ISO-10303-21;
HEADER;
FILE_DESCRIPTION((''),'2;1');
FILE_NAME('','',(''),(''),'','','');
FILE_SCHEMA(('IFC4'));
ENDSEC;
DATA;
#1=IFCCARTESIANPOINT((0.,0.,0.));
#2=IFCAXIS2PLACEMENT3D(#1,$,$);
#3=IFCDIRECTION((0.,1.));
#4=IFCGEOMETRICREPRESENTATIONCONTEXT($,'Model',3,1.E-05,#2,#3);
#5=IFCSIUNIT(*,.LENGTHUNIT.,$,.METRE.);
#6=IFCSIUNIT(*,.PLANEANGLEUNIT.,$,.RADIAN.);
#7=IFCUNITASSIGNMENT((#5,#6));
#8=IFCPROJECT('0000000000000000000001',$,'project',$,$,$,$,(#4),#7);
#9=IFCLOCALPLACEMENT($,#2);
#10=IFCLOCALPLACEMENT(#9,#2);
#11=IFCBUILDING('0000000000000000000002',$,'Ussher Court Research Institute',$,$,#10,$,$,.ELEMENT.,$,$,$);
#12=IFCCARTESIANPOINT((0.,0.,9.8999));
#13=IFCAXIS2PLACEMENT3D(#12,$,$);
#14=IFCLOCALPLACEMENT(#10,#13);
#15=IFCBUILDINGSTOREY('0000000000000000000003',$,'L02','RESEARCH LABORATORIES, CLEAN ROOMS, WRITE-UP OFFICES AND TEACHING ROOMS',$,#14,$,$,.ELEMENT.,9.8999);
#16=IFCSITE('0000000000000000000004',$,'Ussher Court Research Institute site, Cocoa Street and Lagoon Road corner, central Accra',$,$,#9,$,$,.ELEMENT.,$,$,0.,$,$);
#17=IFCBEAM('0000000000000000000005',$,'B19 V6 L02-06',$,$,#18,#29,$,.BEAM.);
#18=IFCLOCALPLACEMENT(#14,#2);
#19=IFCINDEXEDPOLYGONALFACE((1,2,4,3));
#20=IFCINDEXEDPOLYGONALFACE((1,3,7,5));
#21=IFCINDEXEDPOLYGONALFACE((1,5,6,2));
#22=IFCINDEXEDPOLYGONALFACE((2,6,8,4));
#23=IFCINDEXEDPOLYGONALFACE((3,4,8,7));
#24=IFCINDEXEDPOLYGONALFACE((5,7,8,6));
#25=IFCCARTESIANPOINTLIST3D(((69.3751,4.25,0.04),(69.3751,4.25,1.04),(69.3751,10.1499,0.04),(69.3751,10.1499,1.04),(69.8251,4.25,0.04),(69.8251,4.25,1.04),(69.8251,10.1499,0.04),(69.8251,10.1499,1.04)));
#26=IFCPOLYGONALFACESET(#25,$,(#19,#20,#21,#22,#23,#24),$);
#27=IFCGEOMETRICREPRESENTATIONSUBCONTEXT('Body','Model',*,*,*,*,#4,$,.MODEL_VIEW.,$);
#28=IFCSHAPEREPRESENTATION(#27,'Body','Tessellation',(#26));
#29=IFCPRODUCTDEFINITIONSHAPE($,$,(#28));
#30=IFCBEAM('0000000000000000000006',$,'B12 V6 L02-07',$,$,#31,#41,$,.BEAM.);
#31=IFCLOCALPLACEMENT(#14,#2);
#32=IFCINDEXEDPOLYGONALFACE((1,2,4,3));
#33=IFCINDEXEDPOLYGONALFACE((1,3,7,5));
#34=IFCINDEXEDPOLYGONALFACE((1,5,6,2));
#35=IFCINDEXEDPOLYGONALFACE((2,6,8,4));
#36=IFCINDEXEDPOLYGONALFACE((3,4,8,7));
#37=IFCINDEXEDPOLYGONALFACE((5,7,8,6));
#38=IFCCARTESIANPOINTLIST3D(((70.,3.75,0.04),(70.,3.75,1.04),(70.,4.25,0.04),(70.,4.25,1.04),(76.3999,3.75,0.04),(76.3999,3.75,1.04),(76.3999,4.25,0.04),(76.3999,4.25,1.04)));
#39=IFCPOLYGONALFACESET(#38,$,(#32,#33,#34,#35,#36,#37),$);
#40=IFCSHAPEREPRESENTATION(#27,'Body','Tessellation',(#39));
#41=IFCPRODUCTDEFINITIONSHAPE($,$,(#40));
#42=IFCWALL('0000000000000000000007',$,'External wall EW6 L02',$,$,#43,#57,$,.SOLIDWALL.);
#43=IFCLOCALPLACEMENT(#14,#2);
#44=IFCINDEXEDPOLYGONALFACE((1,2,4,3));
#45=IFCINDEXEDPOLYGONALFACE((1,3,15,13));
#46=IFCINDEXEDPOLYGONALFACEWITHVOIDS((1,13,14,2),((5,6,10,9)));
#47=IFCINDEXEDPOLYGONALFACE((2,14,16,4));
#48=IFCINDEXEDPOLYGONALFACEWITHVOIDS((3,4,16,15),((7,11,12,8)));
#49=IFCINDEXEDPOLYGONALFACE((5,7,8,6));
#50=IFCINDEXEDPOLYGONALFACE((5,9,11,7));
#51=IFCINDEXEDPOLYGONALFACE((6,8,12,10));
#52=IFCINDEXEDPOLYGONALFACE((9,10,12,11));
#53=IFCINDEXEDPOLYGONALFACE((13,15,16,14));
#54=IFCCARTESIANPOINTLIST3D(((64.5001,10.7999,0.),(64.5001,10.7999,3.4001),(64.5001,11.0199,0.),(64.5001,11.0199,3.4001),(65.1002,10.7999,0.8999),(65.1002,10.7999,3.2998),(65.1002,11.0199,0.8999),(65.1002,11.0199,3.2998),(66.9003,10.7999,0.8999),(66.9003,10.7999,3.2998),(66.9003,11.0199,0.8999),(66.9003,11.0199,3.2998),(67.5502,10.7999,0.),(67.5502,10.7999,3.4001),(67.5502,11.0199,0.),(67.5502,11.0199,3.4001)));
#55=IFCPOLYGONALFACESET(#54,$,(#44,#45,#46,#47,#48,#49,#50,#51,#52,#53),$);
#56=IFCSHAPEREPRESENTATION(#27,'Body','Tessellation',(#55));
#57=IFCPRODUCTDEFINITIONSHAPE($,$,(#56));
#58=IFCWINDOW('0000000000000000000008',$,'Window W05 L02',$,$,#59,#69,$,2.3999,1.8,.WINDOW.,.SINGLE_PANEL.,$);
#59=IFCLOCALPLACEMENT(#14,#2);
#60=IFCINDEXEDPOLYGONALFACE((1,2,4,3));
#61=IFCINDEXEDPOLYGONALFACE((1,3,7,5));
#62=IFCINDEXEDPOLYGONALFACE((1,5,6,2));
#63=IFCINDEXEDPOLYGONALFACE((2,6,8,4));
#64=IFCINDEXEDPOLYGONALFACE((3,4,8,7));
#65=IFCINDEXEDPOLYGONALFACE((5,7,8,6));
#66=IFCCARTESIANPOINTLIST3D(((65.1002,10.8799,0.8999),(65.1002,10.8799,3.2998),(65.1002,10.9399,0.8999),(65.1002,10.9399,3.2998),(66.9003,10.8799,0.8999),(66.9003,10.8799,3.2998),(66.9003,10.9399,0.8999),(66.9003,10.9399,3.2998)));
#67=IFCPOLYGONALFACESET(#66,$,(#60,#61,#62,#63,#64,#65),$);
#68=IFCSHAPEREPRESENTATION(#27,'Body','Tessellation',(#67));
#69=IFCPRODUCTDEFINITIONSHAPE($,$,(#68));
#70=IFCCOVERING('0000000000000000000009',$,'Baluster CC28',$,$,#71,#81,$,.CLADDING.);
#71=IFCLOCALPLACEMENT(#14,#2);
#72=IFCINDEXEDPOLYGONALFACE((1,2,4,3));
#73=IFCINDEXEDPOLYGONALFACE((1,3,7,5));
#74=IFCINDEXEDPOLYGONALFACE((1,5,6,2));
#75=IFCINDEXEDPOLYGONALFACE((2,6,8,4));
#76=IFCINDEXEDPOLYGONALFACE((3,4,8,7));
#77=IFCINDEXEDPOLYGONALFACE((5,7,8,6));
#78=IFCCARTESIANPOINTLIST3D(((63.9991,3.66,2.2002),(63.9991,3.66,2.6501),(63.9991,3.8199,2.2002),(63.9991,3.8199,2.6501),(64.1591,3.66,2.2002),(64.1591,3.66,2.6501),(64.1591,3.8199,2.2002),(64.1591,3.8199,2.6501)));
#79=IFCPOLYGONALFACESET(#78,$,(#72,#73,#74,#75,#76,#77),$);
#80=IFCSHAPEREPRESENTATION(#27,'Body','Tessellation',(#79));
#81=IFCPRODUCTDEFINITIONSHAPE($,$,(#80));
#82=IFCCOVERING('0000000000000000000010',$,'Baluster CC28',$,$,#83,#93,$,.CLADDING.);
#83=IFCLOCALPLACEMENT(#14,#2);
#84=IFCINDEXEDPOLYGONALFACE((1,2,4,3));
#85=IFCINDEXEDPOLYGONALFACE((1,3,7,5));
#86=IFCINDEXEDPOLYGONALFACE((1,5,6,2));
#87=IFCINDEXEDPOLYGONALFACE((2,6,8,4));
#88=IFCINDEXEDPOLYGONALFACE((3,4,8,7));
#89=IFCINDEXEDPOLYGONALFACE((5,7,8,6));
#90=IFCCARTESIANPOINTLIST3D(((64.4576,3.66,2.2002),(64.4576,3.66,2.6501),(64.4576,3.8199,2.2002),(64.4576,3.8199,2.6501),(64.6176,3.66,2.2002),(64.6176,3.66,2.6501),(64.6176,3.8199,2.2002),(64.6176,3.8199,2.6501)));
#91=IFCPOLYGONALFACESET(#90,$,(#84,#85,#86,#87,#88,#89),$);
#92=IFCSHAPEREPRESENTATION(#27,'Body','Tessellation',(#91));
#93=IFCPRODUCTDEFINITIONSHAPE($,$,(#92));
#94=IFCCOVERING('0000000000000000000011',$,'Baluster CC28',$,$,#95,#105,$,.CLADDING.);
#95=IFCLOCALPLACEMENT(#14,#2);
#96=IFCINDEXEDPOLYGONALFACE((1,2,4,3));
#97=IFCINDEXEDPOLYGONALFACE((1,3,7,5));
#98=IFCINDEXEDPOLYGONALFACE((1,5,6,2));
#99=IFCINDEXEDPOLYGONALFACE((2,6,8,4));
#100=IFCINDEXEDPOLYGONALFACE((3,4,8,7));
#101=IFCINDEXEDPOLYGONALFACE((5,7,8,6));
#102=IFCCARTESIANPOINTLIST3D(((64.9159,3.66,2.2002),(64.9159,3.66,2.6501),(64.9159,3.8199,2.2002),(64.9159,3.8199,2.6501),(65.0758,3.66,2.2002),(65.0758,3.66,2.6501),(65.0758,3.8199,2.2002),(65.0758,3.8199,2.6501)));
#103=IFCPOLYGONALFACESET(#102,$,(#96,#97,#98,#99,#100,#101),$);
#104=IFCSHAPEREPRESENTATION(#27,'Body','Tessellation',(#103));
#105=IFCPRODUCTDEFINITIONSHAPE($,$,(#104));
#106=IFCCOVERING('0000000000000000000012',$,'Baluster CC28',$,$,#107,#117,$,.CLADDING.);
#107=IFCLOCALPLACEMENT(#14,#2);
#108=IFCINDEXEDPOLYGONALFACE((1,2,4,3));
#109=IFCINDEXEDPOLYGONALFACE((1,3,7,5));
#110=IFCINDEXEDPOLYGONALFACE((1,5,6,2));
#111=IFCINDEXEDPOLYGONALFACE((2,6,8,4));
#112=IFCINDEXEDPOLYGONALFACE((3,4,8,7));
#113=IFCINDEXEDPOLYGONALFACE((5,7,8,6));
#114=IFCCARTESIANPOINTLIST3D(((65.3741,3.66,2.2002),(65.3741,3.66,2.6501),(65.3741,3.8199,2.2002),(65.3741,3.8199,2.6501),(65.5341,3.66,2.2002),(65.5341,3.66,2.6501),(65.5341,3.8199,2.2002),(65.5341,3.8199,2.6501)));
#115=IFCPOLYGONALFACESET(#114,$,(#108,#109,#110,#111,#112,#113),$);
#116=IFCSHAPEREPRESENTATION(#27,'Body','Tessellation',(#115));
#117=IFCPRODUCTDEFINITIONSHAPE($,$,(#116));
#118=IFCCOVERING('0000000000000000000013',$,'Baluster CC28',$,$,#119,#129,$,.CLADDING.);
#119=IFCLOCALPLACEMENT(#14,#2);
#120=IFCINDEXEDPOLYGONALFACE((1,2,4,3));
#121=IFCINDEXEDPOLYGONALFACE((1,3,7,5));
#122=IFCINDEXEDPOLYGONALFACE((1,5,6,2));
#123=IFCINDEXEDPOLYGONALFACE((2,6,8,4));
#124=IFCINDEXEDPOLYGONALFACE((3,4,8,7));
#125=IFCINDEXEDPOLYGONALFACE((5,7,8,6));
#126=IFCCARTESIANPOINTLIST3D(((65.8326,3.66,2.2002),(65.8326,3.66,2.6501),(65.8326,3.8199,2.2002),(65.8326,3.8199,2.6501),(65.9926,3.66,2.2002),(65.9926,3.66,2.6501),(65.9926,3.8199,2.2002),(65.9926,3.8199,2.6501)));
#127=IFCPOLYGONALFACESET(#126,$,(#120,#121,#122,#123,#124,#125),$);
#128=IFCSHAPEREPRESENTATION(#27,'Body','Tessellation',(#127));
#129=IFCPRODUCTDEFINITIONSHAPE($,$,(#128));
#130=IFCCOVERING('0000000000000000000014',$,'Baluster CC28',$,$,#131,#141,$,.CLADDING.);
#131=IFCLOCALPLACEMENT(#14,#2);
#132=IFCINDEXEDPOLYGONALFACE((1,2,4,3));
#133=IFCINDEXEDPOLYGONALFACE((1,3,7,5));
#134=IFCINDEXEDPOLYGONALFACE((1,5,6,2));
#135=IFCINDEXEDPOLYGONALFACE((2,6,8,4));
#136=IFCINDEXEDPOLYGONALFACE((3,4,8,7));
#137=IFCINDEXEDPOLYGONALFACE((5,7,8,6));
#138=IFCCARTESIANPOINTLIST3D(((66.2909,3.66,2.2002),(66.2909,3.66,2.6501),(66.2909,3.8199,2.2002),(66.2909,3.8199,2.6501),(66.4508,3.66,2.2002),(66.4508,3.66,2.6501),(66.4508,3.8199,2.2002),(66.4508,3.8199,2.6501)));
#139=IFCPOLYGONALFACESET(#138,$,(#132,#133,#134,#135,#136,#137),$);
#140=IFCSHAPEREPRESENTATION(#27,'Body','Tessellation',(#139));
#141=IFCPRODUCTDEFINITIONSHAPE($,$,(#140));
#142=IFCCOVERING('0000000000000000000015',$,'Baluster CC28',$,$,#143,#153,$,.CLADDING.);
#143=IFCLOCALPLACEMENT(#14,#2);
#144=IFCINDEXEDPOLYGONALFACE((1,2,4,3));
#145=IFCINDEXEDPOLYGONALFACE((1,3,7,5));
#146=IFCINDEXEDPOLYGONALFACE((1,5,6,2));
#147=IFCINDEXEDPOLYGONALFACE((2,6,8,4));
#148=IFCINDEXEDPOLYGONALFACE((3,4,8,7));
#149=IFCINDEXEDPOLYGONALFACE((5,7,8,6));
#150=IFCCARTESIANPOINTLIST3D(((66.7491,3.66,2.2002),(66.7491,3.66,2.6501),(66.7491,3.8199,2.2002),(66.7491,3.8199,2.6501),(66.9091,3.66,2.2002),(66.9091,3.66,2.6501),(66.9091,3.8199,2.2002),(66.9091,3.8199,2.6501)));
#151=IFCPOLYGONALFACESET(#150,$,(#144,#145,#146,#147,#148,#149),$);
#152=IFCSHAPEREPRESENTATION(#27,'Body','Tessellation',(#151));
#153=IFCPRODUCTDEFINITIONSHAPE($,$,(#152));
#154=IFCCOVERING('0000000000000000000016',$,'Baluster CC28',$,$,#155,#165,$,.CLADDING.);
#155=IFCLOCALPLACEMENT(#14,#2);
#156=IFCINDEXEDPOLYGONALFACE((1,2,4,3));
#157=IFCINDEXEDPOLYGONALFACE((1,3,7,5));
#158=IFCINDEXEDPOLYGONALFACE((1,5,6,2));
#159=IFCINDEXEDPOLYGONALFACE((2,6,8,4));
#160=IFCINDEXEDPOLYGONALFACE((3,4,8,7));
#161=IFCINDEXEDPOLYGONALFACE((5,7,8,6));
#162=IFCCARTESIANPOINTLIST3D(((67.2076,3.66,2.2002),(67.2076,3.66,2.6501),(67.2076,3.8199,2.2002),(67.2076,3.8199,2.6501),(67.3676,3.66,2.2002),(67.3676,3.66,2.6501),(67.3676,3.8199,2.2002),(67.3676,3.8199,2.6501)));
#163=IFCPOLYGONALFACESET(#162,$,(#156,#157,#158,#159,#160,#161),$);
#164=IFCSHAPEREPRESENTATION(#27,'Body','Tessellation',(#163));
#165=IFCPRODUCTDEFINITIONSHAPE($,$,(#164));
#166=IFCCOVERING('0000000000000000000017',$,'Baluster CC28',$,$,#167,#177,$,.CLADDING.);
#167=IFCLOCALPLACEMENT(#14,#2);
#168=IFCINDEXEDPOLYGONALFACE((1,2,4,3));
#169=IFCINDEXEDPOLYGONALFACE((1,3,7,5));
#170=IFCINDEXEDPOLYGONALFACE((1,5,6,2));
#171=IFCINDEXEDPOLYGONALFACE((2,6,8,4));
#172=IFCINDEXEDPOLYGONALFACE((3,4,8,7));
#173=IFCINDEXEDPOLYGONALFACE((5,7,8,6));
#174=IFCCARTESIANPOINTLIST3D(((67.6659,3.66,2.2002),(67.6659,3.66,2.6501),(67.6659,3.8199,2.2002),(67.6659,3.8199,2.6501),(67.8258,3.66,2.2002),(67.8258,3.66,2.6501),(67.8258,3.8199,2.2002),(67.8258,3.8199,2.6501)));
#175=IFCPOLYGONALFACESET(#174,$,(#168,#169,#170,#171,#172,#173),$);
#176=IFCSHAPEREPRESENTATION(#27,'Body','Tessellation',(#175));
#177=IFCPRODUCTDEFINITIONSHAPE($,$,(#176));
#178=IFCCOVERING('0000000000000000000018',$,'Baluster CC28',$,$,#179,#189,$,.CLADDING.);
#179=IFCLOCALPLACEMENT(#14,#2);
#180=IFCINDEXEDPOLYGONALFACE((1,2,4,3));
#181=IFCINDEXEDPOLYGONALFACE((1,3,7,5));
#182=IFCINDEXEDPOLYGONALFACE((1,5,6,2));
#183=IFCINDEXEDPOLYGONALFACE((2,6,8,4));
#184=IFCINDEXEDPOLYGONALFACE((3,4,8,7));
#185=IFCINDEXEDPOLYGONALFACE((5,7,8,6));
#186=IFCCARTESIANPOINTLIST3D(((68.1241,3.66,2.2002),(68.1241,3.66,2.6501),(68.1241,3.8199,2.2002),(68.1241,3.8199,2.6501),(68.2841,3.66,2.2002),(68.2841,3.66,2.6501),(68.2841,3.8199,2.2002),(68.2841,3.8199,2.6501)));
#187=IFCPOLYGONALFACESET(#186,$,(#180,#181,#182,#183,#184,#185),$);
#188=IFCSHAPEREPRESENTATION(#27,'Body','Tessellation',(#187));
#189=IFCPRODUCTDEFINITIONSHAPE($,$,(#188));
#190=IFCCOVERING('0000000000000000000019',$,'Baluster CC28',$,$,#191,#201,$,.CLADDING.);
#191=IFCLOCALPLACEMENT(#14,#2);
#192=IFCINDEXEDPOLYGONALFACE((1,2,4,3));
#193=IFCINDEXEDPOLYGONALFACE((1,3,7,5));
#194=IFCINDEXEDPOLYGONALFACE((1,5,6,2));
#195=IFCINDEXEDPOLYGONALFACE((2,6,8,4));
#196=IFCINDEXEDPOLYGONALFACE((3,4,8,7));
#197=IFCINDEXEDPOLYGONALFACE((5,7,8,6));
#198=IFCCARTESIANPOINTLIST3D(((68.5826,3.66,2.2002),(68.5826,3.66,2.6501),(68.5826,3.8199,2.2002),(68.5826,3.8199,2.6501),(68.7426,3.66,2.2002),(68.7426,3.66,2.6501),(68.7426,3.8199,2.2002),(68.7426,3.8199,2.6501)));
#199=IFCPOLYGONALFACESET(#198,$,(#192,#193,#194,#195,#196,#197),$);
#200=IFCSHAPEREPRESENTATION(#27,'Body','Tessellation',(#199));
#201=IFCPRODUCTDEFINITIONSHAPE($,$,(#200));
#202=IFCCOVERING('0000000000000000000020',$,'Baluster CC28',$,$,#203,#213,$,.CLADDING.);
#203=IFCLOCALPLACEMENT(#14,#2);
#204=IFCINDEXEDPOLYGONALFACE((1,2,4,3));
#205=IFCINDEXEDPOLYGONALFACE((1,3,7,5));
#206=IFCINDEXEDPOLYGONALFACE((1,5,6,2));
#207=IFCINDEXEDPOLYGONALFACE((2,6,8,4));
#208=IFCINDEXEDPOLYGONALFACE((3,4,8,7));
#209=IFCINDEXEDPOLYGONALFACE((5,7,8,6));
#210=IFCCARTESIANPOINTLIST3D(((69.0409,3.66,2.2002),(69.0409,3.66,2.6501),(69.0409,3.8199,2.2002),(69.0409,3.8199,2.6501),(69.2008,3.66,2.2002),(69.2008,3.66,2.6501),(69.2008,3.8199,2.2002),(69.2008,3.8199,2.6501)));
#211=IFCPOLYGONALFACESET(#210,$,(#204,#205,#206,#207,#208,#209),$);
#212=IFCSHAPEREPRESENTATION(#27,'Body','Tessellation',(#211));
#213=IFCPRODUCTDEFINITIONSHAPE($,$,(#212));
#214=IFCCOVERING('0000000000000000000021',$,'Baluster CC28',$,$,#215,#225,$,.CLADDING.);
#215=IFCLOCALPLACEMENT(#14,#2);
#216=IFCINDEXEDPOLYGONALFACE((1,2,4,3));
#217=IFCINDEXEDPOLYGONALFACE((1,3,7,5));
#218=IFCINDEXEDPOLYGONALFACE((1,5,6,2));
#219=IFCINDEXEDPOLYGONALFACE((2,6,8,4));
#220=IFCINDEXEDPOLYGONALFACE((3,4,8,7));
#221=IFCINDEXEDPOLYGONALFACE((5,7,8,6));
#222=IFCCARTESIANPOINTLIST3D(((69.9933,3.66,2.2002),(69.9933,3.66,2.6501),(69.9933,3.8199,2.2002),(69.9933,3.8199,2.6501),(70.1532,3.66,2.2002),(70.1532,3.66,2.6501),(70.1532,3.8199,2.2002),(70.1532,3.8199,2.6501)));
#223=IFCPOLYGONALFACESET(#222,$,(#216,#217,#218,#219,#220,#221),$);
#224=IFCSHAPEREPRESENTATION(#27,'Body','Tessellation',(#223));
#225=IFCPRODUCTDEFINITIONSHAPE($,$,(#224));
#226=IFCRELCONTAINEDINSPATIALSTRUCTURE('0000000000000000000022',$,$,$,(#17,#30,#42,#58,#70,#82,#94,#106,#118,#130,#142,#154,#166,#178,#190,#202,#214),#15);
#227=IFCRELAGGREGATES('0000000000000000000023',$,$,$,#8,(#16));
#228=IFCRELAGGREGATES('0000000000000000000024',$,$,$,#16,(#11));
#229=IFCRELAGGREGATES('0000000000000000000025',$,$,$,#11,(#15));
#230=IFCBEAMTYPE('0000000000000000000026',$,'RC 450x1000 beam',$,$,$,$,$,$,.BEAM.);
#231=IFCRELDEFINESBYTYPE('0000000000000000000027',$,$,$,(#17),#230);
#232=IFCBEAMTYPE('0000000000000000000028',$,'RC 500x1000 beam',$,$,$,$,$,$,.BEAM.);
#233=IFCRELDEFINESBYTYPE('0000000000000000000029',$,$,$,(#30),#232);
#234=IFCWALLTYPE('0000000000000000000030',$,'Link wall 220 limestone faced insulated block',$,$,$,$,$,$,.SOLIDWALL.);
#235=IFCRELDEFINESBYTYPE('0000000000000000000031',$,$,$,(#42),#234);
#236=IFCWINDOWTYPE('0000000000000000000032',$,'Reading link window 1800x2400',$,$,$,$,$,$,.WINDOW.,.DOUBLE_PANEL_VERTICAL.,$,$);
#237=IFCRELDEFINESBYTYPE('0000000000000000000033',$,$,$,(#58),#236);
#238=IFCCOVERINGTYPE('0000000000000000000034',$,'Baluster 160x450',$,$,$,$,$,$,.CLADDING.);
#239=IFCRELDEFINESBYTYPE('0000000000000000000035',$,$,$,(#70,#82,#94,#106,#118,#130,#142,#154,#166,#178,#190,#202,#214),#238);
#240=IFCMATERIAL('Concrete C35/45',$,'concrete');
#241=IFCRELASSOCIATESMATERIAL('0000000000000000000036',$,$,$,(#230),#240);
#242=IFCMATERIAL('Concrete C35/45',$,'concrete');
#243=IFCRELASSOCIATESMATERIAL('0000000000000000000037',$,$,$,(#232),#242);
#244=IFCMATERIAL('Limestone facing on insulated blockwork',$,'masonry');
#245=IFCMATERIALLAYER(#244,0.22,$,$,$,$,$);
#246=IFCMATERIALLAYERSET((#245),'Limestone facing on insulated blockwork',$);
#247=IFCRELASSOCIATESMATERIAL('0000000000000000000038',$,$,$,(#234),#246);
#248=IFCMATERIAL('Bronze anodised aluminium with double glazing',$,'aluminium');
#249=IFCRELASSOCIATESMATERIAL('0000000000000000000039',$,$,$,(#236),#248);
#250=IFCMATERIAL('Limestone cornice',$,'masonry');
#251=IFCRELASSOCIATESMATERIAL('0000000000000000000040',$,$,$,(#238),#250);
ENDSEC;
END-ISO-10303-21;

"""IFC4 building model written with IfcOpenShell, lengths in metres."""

from ifc_helpers import new_model, si_unit, direction, frame, frame_2d, origin, origin_2d, place, context, subcontext, project, spatial, rectangle, extrude, material, layer, layer_set, material_profile, profile_set, type_object, element, fill, save


model = new_model("IFC4")

# Units and contexts
model_context = context("Model", 3, precision=1e-05, world=origin(), true_north=direction((0.0, 1.0)))
body_context = subcontext(model_context, "Body", "Model", "MODEL_VIEW")
ifc_project = project(units=[si_unit("LENGTHUNIT", "METRE"), si_unit("PLANEANGLEUNIT", "RADIAN")], contexts=[model_context])

# Site, building, storey
site_placement = place(None, origin())
site = spatial("IfcSite", under=ifc_project, at=site_placement, Name="Ussher Court Research Institute site, Cocoa Street and Lagoon Road corner, central Accra", CompositionType="ELEMENT", RefElevation=0.0)
building_placement = place(site_placement, origin())
building = spatial("IfcBuilding", under=site, at=building_placement, Name="Ussher Court Research Institute", CompositionType="ELEMENT")
storey_placement = place(building_placement, frame((0.0, 0.0, 9.8999)))
storey = spatial("IfcBuildingStorey", under=building, at=storey_placement, Name="L02", Description="RESEARCH LABORATORIES, CLEAN ROOMS, WRITE-UP OFFICES AND TEACHING ROOMS", CompositionType="ELEMENT", Elevation=9.8999)

# Beams
ifc_material_1 = material(Name="Concrete C35/45", Category="concrete")
ifc_material_profile_1 = material_profile(ifc_material_1, rectangle(XDim=0.45, YDim=1.0, at=origin_2d()), Name="RC 450x1000")
ifc_profile_set_1 = profile_set([ifc_material_profile_1], Name="Concrete C35/45")
beam_type_1 = type_object("IfcBeamType", Name="RC 450x1000 beam", PredefinedType="BEAM", material=ifc_profile_set_1)
beam_1_placement = place(storey_placement, frame((69.6001, 4.25, 0.54), z_axis=(0.0, 1.0, 0.0), x_axis=(-1.0, 0.0, 0.0)))
element("IfcBeam", 1, at=beam_1_placement, inside=storey, type_object=beam_type_1, Name="B19 V6 L02-06", PredefinedType="BEAM", context=body_context, shape_type="SweptSolid", body=[
    extrude(rectangle(XDim=0.45, YDim=1.0, at=origin_2d()), origin(), (0.0, 0.0, 1.0), 5.8999),
])
ifc_material_2 = material(Name="Concrete C35/45", Category="concrete")
ifc_material_profile_2 = material_profile(ifc_material_2, rectangle(XDim=0.5, YDim=1.0, at=origin_2d()), Name="RC 500x1000")
ifc_profile_set_2 = profile_set([ifc_material_profile_2], Name="Concrete C35/45")
beam_type_2 = type_object("IfcBeamType", Name="RC 500x1000 beam", PredefinedType="BEAM", material=ifc_profile_set_2)
beam_2_placement = place(storey_placement, frame((70.0, 4.0, 0.54), z_axis=(1.0, 0.0, 0.0), x_axis=(0.0, 1.0, 0.0)))
element("IfcBeam", 2, at=beam_2_placement, inside=storey, type_object=beam_type_2, Name="B12 V6 L02-07", PredefinedType="BEAM", context=body_context, shape_type="SweptSolid", body=[
    extrude(rectangle(XDim=0.5, YDim=1.0, at=origin_2d()), origin(), (0.0, 0.0, 1.0), 6.3999),
])

# Wall, opening, window
ifc_material_3 = material(Name="Limestone facing on insulated blockwork", Category="masonry")
ifc_layer_1 = layer(ifc_material_3, 0.22)
ifc_layer_set_1 = layer_set([ifc_layer_1], Name="Limestone facing on insulated blockwork")
wall_type = type_object("IfcWallType", Name="Link wall 220 limestone faced insulated block", PredefinedType="SOLIDWALL", material=ifc_layer_set_1)
wall_placement = place(storey_placement, frame((67.55, 10.9099, 0.0), z_axis=(0.0, 0.0, 1.0), x_axis=(-1.0, 0.0, 0.0)))
wall = element("IfcWall", 3, at=wall_placement, inside=storey, type_object=wall_type, Name="External wall EW6 L02", PredefinedType="SOLIDWALL", context=body_context, shape_type="SweptSolid", body=[
    extrude(rectangle(XDim=3.05, YDim=0.22, at=frame_2d((1.5249, 0.0))), origin(), (0.0, 0.0, 1.0), 3.4001),
])
opening_placement = place(wall_placement, frame((0.6499, 0.0, 0.8999)))
opening = element("IfcOpeningElement", 4, at=opening_placement, cuts=wall, PredefinedType="OPENING", context=body_context, shape_type="SweptSolid", body=[
    extrude(rectangle(XDim=1.8, YDim=2.3999, at=frame_2d((0.8999, 1.2))), frame((0.0, 0.1201, 0.0), z_axis=(0.0, -1.0, 0.0), x_axis=(1.0, 0.0, 0.0)), (0.0, 0.0, 1.0), 0.24),
])
ifc_material_4 = material(Name="Bronze anodised aluminium with double glazing", Category="aluminium")
window_type = type_object("IfcWindowType", Name="Reading link window 1800x2400", PartitioningType="DOUBLE_PANEL_VERTICAL", PredefinedType="WINDOW", material=ifc_material_4)
window_placement = place(opening_placement, origin())
window = element("IfcWindow", 5, at=window_placement, inside=storey, type_object=window_type, Name="Window W05 L02", OverallHeight=2.3999, OverallWidth=1.8, PartitioningType="SINGLE_PANEL", PredefinedType="WINDOW", context=body_context, shape_type="SweptSolid", body=[
    extrude(rectangle(XDim=1.8, YDim=2.3999, at=frame_2d((0.8999, 1.2))), frame((0.0, 0.03, 0.0), z_axis=(0.0, -1.0, 0.0), x_axis=(1.0, 0.0, 0.0)), (0.0, 0.0, 1.0), 0.0601),
])
fill(opening, window)

# Coverings
ifc_material_5 = material(Name="Limestone cornice", Category="masonry")
covering_type_1 = type_object("IfcCoveringType", Name="Baluster 160x450", PredefinedType="CLADDING", material=ifc_material_5)
for number, where, z_axis, x_axis, name in (
    (6, (64.0791, 3.74, 2.2002), (0.0, 0.0, 1.0), (1.0, 0.0, 0.0), "Baluster CC28"),
    (7, (64.5376, 3.74, 2.2002), (0.0, 0.0, 1.0), (1.0, 0.0, 0.0), "Baluster CC28"),
    (8, (64.9958, 3.74, 2.2002), (0.0, 0.0, 1.0), (1.0, 0.0, 0.0), "Baluster CC28"),
    (9, (65.4541, 3.74, 2.2002), (0.0, 0.0, 1.0), (1.0, 0.0, 0.0), "Baluster CC28"),
    (10, (65.9126, 3.74, 2.2002), (0.0, 0.0, 1.0), (1.0, 0.0, 0.0), "Baluster CC28"),
    (11, (66.3708, 3.74, 2.2002), (0.0, 0.0, 1.0), (1.0, 0.0, 0.0), "Baluster CC28"),
    (12, (66.8291, 3.74, 2.2002), (0.0, 0.0, 1.0), (1.0, 0.0, 0.0), "Baluster CC28"),
    (13, (67.2876, 3.74, 2.2002), (0.0, 0.0, 1.0), (1.0, 0.0, 0.0), "Baluster CC28"),
    (14, (67.7458, 3.74, 2.2002), (0.0, 0.0, 1.0), (1.0, 0.0, 0.0), "Baluster CC28"),
    (15, (68.2041, 3.74, 2.2002), (0.0, 0.0, 1.0), (1.0, 0.0, 0.0), "Baluster CC28"),
    (16, (68.6626, 3.74, 2.2002), (0.0, 0.0, 1.0), (1.0, 0.0, 0.0), "Baluster CC28"),
    (17, (69.1208, 3.74, 2.2002), (0.0, 0.0, 1.0), (1.0, 0.0, 0.0), "Baluster CC28"),
    (18, (70.0732, 3.74, 2.2002), (0.0, 0.0, 1.0), (1.0, 0.0, 0.0), "Baluster CC28"),
):
    element("IfcCovering", number, at=place(storey_placement, frame(where, z_axis=z_axis, x_axis=x_axis)), inside=storey, type_object=covering_type_1, Name=name, PredefinedType="CLADDING", context=body_context, shape_type="SweptSolid", body=[
        extrude(rectangle(XDim=0.1599, YDim=0.1599, at=origin_2d()), origin(), (0.0, 0.0, 1.0), 0.45),
    ])

save(model, "model.ifc")
